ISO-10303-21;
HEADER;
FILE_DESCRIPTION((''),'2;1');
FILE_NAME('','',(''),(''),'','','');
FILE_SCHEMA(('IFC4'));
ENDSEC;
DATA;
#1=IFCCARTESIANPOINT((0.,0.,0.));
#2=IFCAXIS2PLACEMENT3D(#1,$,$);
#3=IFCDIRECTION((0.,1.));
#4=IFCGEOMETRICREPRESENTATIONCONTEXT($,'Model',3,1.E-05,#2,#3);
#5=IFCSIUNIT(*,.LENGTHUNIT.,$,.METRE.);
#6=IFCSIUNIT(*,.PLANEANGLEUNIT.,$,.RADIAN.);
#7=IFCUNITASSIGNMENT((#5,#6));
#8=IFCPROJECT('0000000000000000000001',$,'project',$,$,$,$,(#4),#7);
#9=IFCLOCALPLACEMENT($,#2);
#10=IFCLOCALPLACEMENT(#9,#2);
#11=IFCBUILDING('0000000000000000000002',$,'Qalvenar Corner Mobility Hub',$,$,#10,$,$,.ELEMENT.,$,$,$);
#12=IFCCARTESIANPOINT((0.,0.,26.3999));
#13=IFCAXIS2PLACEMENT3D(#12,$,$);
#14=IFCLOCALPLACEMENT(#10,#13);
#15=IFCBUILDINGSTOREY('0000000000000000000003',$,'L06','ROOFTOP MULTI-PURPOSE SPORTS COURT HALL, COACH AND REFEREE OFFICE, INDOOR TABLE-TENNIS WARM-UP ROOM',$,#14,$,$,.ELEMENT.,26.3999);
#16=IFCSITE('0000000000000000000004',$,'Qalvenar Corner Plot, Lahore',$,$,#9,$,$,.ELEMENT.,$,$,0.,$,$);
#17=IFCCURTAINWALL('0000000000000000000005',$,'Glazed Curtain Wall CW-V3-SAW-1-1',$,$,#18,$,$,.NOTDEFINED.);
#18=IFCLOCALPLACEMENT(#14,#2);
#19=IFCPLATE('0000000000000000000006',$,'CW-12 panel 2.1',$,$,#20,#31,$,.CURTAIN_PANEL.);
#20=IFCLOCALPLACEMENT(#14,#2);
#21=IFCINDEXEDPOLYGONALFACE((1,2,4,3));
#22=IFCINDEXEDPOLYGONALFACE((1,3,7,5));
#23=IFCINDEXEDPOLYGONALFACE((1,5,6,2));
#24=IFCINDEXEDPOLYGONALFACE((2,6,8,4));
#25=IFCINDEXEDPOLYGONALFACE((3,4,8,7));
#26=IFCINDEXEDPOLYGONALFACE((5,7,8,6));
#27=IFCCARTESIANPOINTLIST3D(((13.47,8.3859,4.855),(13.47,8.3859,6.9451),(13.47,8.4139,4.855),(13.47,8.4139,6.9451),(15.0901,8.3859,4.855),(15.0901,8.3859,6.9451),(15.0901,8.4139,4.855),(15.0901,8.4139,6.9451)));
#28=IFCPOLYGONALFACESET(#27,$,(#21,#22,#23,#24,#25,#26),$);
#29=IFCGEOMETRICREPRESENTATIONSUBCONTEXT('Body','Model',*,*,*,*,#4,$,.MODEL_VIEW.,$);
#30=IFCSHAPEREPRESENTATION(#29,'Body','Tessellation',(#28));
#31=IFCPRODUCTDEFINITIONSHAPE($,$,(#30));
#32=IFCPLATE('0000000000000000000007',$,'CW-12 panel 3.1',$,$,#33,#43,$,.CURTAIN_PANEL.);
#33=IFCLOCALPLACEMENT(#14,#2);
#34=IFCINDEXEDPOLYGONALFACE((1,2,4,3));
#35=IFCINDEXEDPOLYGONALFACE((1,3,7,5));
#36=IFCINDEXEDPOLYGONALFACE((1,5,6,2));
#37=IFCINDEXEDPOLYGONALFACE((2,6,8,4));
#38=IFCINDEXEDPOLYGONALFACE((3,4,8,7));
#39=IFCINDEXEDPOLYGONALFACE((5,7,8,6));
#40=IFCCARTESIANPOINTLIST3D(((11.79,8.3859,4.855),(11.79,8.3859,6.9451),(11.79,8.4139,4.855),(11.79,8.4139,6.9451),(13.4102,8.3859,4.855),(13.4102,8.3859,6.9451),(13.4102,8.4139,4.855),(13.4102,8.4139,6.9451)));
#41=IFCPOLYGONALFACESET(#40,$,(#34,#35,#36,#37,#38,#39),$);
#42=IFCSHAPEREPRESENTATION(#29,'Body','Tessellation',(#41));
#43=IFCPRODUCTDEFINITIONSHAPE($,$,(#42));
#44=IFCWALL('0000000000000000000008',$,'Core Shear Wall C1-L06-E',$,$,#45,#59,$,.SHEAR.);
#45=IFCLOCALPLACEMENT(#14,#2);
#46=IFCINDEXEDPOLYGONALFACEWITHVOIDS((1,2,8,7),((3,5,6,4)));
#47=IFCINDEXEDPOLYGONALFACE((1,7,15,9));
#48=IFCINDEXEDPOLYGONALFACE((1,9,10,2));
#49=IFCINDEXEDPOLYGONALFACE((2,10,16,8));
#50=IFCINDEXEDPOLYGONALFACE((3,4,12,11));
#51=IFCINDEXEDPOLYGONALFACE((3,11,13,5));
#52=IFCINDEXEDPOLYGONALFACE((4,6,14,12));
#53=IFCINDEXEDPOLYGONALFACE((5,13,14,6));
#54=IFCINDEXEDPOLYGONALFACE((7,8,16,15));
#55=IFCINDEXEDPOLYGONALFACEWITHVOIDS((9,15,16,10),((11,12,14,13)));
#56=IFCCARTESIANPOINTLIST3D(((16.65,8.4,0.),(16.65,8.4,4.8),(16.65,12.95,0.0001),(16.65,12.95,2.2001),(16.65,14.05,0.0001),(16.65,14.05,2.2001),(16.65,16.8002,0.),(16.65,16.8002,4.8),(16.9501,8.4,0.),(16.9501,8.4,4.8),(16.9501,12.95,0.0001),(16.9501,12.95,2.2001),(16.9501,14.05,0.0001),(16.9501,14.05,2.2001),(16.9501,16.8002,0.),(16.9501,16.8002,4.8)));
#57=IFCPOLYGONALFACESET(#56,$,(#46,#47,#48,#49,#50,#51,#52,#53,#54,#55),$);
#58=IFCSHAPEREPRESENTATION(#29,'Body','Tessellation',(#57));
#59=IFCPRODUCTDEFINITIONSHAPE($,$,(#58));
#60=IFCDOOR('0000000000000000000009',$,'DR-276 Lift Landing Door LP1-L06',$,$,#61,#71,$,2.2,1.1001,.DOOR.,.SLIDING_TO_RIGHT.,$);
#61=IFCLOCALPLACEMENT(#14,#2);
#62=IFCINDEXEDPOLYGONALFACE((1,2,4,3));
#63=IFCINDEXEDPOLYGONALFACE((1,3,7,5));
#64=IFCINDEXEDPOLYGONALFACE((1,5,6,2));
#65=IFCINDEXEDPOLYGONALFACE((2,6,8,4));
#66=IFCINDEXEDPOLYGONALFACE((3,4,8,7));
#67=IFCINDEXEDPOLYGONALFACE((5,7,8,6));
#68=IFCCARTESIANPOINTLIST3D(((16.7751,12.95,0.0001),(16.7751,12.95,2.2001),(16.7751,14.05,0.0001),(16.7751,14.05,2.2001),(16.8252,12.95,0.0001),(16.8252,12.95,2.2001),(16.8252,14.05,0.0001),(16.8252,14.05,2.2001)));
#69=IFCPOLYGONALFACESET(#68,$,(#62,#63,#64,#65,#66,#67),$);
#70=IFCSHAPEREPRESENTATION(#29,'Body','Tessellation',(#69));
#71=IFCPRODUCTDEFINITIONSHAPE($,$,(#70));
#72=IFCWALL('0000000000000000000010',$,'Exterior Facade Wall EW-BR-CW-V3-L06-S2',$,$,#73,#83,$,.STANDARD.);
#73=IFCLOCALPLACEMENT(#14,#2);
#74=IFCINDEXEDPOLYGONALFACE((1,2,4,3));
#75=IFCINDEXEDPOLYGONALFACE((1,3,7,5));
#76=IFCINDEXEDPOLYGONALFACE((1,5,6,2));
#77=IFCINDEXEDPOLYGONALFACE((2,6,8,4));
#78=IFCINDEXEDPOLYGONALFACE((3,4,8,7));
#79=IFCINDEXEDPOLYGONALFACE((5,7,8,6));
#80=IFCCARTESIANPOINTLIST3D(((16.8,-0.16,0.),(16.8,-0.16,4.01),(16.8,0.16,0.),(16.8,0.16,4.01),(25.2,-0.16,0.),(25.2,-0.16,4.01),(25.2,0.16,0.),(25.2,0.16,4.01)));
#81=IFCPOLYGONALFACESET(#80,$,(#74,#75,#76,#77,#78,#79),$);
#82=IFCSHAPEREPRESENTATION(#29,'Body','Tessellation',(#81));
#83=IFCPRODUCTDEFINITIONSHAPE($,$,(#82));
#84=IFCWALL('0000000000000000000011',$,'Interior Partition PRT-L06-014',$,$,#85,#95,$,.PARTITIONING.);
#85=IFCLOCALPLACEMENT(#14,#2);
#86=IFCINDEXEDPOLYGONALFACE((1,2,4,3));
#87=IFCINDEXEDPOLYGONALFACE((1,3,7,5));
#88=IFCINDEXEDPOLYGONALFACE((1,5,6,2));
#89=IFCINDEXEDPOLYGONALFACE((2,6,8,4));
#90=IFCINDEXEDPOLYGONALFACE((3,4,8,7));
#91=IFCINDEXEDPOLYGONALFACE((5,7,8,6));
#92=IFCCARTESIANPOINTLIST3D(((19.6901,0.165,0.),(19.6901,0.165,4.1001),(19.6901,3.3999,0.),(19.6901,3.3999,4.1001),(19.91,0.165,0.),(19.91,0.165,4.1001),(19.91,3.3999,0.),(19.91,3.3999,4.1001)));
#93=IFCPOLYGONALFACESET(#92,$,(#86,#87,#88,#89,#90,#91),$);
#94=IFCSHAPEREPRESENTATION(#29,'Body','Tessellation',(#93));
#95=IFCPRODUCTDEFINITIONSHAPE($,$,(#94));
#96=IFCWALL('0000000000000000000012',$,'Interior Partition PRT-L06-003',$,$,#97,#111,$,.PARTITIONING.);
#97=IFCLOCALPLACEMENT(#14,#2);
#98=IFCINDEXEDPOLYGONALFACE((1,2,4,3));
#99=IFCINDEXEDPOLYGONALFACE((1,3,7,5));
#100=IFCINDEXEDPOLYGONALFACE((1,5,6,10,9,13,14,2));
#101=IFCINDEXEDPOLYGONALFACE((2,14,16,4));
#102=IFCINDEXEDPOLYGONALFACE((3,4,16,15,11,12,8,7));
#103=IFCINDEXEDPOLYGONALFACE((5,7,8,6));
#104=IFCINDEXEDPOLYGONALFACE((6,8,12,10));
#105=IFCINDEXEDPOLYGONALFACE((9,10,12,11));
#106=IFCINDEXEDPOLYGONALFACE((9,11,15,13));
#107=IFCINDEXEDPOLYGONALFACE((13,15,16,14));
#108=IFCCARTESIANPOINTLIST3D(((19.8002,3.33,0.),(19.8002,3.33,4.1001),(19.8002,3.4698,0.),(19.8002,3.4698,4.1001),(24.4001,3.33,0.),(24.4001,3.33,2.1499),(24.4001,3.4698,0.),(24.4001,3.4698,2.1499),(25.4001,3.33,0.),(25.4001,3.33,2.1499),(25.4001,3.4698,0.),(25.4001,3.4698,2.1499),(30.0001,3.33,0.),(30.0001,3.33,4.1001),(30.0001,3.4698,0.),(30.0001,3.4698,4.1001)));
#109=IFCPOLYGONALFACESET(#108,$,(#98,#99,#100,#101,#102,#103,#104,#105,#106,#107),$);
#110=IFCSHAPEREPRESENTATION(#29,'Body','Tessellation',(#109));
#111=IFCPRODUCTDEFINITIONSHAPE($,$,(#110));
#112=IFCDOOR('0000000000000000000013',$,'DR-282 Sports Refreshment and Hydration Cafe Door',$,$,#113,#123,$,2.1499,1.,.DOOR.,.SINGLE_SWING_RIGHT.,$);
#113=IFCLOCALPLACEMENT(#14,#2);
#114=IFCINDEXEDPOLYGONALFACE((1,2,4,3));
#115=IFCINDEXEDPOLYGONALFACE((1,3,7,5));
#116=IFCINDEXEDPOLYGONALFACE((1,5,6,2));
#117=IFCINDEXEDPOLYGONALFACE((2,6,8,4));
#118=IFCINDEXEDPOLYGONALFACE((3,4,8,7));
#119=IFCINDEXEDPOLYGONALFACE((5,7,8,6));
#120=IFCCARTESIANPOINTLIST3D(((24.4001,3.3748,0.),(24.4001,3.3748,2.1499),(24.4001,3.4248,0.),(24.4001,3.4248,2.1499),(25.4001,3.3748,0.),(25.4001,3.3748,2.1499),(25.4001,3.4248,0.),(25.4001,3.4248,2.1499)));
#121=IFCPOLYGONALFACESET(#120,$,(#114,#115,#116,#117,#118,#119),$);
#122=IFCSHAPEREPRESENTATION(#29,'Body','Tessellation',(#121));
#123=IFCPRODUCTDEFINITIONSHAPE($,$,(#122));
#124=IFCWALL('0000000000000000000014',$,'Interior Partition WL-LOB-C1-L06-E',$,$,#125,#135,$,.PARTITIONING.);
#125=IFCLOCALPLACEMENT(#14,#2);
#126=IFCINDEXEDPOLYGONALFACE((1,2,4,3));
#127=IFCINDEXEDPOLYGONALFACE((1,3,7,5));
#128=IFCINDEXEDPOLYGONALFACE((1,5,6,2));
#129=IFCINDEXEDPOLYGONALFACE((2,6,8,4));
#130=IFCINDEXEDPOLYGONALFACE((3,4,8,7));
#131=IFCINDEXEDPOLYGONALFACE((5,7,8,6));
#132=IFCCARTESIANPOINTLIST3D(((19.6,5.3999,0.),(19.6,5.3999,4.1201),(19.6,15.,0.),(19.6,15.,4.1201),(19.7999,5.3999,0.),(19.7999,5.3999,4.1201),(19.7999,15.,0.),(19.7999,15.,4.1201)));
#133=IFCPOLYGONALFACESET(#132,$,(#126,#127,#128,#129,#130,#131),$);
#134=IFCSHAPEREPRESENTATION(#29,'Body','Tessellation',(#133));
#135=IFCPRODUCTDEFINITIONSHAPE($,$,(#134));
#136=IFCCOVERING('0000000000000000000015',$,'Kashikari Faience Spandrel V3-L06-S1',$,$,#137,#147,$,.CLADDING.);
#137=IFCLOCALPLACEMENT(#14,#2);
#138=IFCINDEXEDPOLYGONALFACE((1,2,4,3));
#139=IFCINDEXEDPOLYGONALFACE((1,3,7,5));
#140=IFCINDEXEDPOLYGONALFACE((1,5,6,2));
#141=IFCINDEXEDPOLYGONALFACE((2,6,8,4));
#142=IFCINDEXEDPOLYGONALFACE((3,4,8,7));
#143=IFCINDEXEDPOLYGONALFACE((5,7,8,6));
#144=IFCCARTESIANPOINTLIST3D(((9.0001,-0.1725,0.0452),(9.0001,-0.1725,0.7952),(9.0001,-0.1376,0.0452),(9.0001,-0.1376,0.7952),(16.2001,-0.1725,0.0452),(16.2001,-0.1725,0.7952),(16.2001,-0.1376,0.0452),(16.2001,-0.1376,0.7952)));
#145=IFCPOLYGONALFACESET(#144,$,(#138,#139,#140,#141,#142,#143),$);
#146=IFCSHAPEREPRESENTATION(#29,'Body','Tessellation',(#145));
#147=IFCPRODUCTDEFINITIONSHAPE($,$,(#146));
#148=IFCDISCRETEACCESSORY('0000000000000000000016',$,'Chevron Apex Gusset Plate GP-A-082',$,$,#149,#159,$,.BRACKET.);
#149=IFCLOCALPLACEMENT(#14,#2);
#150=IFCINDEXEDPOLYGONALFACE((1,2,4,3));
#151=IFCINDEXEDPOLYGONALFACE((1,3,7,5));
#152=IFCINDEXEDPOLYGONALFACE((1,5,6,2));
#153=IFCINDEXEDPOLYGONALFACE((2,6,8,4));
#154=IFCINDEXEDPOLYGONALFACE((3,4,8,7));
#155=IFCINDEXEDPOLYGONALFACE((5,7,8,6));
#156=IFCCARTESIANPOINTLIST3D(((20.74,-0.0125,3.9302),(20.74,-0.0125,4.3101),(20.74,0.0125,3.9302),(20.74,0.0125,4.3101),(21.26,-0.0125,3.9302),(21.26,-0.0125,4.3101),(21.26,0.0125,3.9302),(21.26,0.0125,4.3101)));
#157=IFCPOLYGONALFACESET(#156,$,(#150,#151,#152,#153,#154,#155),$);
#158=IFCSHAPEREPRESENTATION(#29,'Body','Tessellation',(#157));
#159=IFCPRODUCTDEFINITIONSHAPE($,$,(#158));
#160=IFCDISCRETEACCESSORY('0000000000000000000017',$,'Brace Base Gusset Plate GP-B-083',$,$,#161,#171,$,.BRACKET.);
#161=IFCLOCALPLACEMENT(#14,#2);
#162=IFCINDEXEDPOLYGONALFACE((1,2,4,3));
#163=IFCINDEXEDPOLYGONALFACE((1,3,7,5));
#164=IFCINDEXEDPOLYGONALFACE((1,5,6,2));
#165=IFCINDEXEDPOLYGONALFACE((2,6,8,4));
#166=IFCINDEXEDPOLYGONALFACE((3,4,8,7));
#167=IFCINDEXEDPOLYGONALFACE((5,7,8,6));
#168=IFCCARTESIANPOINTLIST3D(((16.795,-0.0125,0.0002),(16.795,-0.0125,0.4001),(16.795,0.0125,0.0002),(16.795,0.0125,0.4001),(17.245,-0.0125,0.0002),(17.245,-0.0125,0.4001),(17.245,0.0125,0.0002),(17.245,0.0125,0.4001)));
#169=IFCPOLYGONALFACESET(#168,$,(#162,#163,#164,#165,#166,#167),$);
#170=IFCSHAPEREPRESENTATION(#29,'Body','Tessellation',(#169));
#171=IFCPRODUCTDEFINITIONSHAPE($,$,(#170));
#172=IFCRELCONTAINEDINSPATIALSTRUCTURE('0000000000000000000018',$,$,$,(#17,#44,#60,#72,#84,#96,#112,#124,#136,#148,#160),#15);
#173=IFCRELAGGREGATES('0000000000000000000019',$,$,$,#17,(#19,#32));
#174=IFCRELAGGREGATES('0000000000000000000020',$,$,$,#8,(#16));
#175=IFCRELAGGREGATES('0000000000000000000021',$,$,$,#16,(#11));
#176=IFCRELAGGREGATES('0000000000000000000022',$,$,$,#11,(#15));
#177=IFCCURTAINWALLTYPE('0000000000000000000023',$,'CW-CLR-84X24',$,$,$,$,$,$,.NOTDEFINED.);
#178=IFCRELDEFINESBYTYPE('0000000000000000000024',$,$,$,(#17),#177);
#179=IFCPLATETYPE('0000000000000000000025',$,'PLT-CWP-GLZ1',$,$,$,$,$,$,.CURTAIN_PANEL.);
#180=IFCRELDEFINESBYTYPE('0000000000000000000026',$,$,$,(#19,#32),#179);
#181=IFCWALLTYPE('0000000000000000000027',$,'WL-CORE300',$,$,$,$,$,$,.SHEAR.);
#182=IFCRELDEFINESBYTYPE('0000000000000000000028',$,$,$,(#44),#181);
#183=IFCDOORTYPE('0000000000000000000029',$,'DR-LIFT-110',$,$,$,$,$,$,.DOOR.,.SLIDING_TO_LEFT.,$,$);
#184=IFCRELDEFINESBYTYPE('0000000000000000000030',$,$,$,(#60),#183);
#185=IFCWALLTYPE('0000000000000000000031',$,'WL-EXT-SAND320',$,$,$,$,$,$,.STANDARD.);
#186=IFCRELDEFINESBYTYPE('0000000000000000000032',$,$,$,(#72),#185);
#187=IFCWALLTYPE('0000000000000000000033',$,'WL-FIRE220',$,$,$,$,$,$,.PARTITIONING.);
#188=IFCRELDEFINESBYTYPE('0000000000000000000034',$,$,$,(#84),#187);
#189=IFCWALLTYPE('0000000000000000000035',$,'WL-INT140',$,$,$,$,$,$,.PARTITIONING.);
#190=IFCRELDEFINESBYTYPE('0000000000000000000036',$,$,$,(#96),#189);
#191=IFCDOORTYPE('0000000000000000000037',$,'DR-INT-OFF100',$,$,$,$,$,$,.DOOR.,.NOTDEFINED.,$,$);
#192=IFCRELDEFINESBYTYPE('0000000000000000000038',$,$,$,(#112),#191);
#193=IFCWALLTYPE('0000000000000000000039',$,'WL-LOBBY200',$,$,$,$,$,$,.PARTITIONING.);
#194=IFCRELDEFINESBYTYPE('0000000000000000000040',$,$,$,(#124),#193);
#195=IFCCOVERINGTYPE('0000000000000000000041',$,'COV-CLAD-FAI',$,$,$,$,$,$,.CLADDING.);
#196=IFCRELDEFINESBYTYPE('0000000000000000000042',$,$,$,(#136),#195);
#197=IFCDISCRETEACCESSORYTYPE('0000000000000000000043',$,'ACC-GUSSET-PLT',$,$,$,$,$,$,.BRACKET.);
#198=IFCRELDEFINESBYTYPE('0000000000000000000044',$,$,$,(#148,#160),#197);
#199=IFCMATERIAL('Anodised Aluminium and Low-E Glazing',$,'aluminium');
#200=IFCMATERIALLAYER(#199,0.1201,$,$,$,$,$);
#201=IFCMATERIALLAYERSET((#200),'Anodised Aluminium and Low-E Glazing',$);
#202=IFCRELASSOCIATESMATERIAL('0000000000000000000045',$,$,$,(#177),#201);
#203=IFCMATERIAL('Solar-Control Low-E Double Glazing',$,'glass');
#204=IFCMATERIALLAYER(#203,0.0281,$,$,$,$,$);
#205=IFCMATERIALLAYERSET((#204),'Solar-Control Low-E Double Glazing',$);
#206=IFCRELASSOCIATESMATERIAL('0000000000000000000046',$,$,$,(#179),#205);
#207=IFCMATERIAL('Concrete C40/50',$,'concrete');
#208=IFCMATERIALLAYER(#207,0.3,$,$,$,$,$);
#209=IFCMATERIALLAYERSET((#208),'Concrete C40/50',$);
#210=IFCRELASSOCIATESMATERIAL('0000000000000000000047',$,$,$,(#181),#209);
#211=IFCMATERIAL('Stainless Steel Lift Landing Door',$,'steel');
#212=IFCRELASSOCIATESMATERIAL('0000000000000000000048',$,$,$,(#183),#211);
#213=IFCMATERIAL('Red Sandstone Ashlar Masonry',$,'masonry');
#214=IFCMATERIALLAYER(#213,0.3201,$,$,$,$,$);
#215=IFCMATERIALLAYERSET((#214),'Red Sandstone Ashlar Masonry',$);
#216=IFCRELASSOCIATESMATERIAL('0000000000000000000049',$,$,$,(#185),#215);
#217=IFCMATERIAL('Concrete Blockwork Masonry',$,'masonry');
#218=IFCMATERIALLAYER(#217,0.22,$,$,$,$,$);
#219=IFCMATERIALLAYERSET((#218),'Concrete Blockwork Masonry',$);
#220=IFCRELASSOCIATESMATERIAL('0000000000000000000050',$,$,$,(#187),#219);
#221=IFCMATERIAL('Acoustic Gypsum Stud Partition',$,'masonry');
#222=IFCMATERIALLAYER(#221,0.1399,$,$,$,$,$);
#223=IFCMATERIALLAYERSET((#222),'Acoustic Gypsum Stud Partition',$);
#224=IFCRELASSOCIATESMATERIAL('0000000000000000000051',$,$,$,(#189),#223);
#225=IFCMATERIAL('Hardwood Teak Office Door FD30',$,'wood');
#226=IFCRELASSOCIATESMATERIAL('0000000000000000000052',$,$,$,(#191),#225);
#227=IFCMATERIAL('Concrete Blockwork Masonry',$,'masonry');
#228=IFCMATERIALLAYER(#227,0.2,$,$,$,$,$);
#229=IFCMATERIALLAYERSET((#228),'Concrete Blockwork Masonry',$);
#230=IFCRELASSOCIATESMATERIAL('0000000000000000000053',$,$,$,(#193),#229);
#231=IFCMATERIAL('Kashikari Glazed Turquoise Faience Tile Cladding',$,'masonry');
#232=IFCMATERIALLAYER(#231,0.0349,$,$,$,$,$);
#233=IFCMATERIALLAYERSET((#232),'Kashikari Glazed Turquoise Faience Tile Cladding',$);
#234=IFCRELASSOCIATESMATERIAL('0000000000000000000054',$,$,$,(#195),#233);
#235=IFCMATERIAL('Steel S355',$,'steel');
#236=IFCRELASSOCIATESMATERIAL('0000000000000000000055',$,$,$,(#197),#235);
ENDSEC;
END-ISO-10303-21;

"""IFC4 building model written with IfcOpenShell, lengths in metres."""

from ifc_helpers import new_model, si_unit, direction, frame, frame_2d, origin, origin_2d, place, context, subcontext, project, spatial, rectangle, extrude, material, layer, layer_set, type_object, element, fill, aggregate, save


model = new_model("IFC4")

# Units and contexts
model_context = context("Model", 3, precision=1e-05, world=origin(), true_north=direction((0.0, 1.0)))
body_context = subcontext(model_context, "Body", "Model", "MODEL_VIEW")
ifc_project = project(units=[si_unit("LENGTHUNIT", "METRE"), si_unit("PLANEANGLEUNIT", "RADIAN")], contexts=[model_context])

# Site, building, storey
site_placement = place(None, origin())
site = spatial("IfcSite", under=ifc_project, at=site_placement, Name="Qalvenar Corner Plot, Lahore", CompositionType="ELEMENT", RefElevation=0.0)
building_placement = place(site_placement, origin())
building = spatial("IfcBuilding", under=site, at=building_placement, Name="Qalvenar Corner Mobility Hub", CompositionType="ELEMENT")
storey_placement = place(building_placement, frame((0.0, 0.0, 26.3999)))
storey = spatial("IfcBuildingStorey", under=building, at=storey_placement, Name="L06", Description="ROOFTOP MULTI-PURPOSE SPORTS COURT HALL, COACH AND REFEREE OFFICE, INDOOR TABLE-TENNIS WARM-UP ROOM", CompositionType="ELEMENT", Elevation=26.3999)

# Shared definitions
ifc_material_1 = material(Name="Steel S355", Category="steel")

# Curtain wall
ifc_material_2 = material(Name="Anodised Aluminium and Low-E Glazing", Category="aluminium")
ifc_layer_1 = layer(ifc_material_2, 0.1201)
ifc_layer_set_1 = layer_set([ifc_layer_1], Name="Anodised Aluminium and Low-E Glazing")
curtain_wall_type = type_object("IfcCurtainWallType", Name="CW-CLR-84X24", PredefinedType="NOTDEFINED", material=ifc_layer_set_1)
curtain_wall_placement = place(storey_placement, origin())
curtain_wall = element("IfcCurtainWall", 1, at=curtain_wall_placement, inside=storey, type_object=curtain_wall_type, Name="Glazed Curtain Wall CW-V3-SAW-1-1", PredefinedType="NOTDEFINED")

# Plates
ifc_material_3 = material(Name="Solar-Control Low-E Double Glazing", Category="glass")
ifc_layer_2 = layer(ifc_material_3, 0.0281)
ifc_layer_set_2 = layer_set([ifc_layer_2], Name="Solar-Control Low-E Double Glazing")
plate_type = type_object("IfcPlateType", Name="PLT-CWP-GLZ1", PredefinedType="CURTAIN_PANEL", material=ifc_layer_set_2)
plate_1_placement = place(storey_placement, frame((14.28, 8.3999, 4.855), z_axis=(0.0, 0.0, 1.0), x_axis=(-1.0, 0.0, 0.0)))
plate_1 = element("IfcPlate", 2, at=plate_1_placement, type_object=plate_type, Name="CW-12 panel 2.1", PredefinedType="CURTAIN_PANEL", context=body_context, shape_type="SweptSolid", body=[
    extrude(rectangle(XDim=1.6201, YDim=0.0281, at=origin_2d()), origin(), (0.0, 0.0, 1.0), 2.0901),
])
plate_2_placement = place(storey_placement, frame((12.6001, 8.3999, 4.855), z_axis=(0.0, 0.0, 1.0), x_axis=(-1.0, 0.0, 0.0)))
plate_2 = element("IfcPlate", 3, at=plate_2_placement, type_object=plate_type, Name="CW-12 panel 3.1", PredefinedType="CURTAIN_PANEL", context=body_context, shape_type="SweptSolid", body=[
    extrude(rectangle(XDim=1.6201, YDim=0.0281, at=origin_2d()), origin(), (0.0, 0.0, 1.0), 2.0901),
])
aggregate(curtain_wall, [plate_1, plate_2])

# Wall, opening, door
ifc_material_4 = material(Name="Concrete C40/50", Category="concrete")
ifc_layer_3 = layer(ifc_material_4, 0.3)
ifc_layer_set_3 = layer_set([ifc_layer_3], Name="Concrete C40/50")
wall_type_1 = type_object("IfcWallType", Name="WL-CORE300", PredefinedType="SHEAR", material=ifc_layer_set_3)
wall_1_placement = place(storey_placement, frame((16.8, 8.3999, 0.0), z_axis=(0.0, 0.0, 1.0), x_axis=(0.0, 1.0, 0.0)))
wall_1 = element("IfcWall", 4, at=wall_1_placement, inside=storey, type_object=wall_type_1, Name="Core Shear Wall C1-L06-E", PredefinedType="SHEAR", context=body_context, shape_type="SweptSolid", body=[
    extrude(rectangle(XDim=8.4001, YDim=0.3, at=frame_2d((4.2002, 0.0))), origin(), (0.0, 0.0, 1.0), 4.8),
])
opening_1_placement = place(wall_1_placement, frame((4.55, 0.0, 0.0)))
opening_1 = element("IfcOpeningElement", 5, at=opening_1_placement, cuts=wall_1, PredefinedType="OPENING", context=body_context, shape_type="SweptSolid", body=[
    extrude(rectangle(XDim=1.1001, YDim=2.2, at=frame_2d((0.55, 1.1001))), frame((0.0, 0.1602, 0.0), z_axis=(0.0, -1.0, 0.0), x_axis=(1.0, 0.0, 0.0)), (0.0, 0.0, 1.0), 0.3201),
])
ifc_material_5 = material(Name="Stainless Steel Lift Landing Door", Category="steel")
door_type_1 = type_object("IfcDoorType", Name="DR-LIFT-110", OperationType="SLIDING_TO_LEFT", PredefinedType="DOOR", material=ifc_material_5)
door_1_placement = place(opening_1_placement, origin())
door_1 = element("IfcDoor", 6, at=door_1_placement, inside=storey, type_object=door_type_1, Name="DR-276 Lift Landing Door LP1-L06", OperationType="SLIDING_TO_RIGHT", OverallHeight=2.2, OverallWidth=1.1001, PredefinedType="DOOR", context=body_context, shape_type="SweptSolid", body=[
    extrude(rectangle(XDim=1.1001, YDim=2.2, at=frame_2d((0.55, 1.1001))), frame((0.0, 0.0249, 0.0), z_axis=(0.0, -1.0, 0.0), x_axis=(1.0, 0.0, 0.0)), (0.0, 0.0, 1.0), 0.05),
])
fill(opening_1, door_1)

# Walls
ifc_material_6 = material(Name="Red Sandstone Ashlar Masonry", Category="masonry")
ifc_layer_4 = layer(ifc_material_6, 0.3201)
ifc_layer_set_4 = layer_set([ifc_layer_4], Name="Red Sandstone Ashlar Masonry")
wall_type_2 = type_object("IfcWallType", Name="WL-EXT-SAND320", PredefinedType="STANDARD", material=ifc_layer_set_4)
wall_2_placement = place(storey_placement, frame((16.8, 0.0, 0.0), z_axis=(0.0, 0.0, 1.0), x_axis=(1.0, 0.0, 0.0)))
element("IfcWall", 7, at=wall_2_placement, inside=storey, type_object=wall_type_2, Name="Exterior Facade Wall EW-BR-CW-V3-L06-S2", PredefinedType="STANDARD", context=body_context, shape_type="SweptSolid", body=[
    extrude(rectangle(XDim=8.3999, YDim=0.3201, at=frame_2d((4.2, 0.0))), origin(), (0.0, 0.0, 1.0), 4.01),
])
ifc_material_7 = material(Name="Concrete Blockwork Masonry", Category="masonry")
ifc_layer_5 = layer(ifc_material_7, 0.22)
ifc_layer_set_5 = layer_set([ifc_layer_5], Name="Concrete Blockwork Masonry")
wall_type_3 = type_object("IfcWallType", Name="WL-FIRE220", PredefinedType="PARTITIONING", material=ifc_layer_set_5)
wall_3_placement = place(storey_placement, frame((19.8, 0.165, 0.0), z_axis=(0.0, 0.0, 1.0), x_axis=(0.0, 1.0, 0.0)))
element("IfcWall", 8, at=wall_3_placement, inside=storey, type_object=wall_type_3, Name="Interior Partition PRT-L06-014", PredefinedType="PARTITIONING", context=body_context, shape_type="SweptSolid", body=[
    extrude(rectangle(XDim=3.2349, YDim=0.22, at=frame_2d((1.6174, 0.0))), origin(), (0.0, 0.0, 1.0), 4.1001),
])

# Wall, opening, door
ifc_material_8 = material(Name="Acoustic Gypsum Stud Partition", Category="masonry")
ifc_layer_6 = layer(ifc_material_8, 0.1399)
ifc_layer_set_6 = layer_set([ifc_layer_6], Name="Acoustic Gypsum Stud Partition")
wall_type_4 = type_object("IfcWallType", Name="WL-INT140", PredefinedType="PARTITIONING", material=ifc_layer_set_6)
wall_4_placement = place(storey_placement, frame((19.8, 3.3999, 0.0), z_axis=(0.0, 0.0, 1.0), x_axis=(1.0, 0.0, 0.0)))
wall_4 = element("IfcWall", 9, at=wall_4_placement, inside=storey, type_object=wall_type_4, Name="Interior Partition PRT-L06-003", PredefinedType="PARTITIONING", context=body_context, shape_type="SweptSolid", body=[
    extrude(rectangle(XDim=10.2, YDim=0.1399, at=frame_2d((5.1001, 0.0))), origin(), (0.0, 0.0, 1.0), 4.1001),
])
opening_2_placement = place(wall_4_placement, frame((4.6001, 0.0, 0.0)))
opening_2 = element("IfcOpeningElement", 10, at=opening_2_placement, cuts=wall_4, PredefinedType="OPENING", context=body_context, shape_type="SweptSolid", body=[
    extrude(rectangle(XDim=1.0, YDim=2.1499, at=frame_2d((0.5, 1.075))), frame((0.0, 0.0801, 0.0), z_axis=(0.0, -1.0, 0.0), x_axis=(1.0, 0.0, 0.0)), (0.0, 0.0, 1.0), 0.1599),
])
ifc_material_9 = material(Name="Hardwood Teak Office Door FD30", Category="wood")
door_type_2 = type_object("IfcDoorType", Name="DR-INT-OFF100", OperationType="NOTDEFINED", PredefinedType="DOOR", material=ifc_material_9)
door_2_placement = place(opening_2_placement, origin())
door_2 = element("IfcDoor", 11, at=door_2_placement, inside=storey, type_object=door_type_2, Name="DR-282 Sports Refreshment and Hydration Cafe Door", OperationType="SINGLE_SWING_RIGHT", OverallHeight=2.1499, OverallWidth=1.0, PredefinedType="DOOR", context=body_context, shape_type="SweptSolid", body=[
    extrude(rectangle(XDim=1.0, YDim=2.1499, at=frame_2d((0.5, 1.075))), frame((0.0, 0.0249, 0.0), z_axis=(0.0, -1.0, 0.0), x_axis=(1.0, 0.0, 0.0)), (0.0, 0.0, 1.0), 0.05),
])
fill(opening_2, door_2)

# Wall
ifc_material_10 = material(Name="Concrete Blockwork Masonry", Category="masonry")
ifc_layer_7 = layer(ifc_material_10, 0.2)
ifc_layer_set_7 = layer_set([ifc_layer_7], Name="Concrete Blockwork Masonry")
wall_type_5 = type_object("IfcWallType", Name="WL-LOBBY200", PredefinedType="PARTITIONING", material=ifc_layer_set_7)
wall_5_placement = place(storey_placement, frame((19.7, 5.3999, 0.0), z_axis=(0.0, 0.0, 1.0), x_axis=(0.0, 1.0, 0.0)))
element("IfcWall", 12, at=wall_5_placement, inside=storey, type_object=wall_type_5, Name="Interior Partition WL-LOB-C1-L06-E", PredefinedType="PARTITIONING", context=body_context, shape_type="SweptSolid", body=[
    extrude(rectangle(XDim=9.6001, YDim=0.2, at=frame_2d((4.8, 0.0))), origin(), (0.0, 0.0, 1.0), 4.1201),
])

# Covering
ifc_material_11 = material(Name="Kashikari Glazed Turquoise Faience Tile Cladding", Category="masonry")
ifc_layer_8 = layer(ifc_material_11, 0.0349)
ifc_layer_set_8 = layer_set([ifc_layer_8], Name="Kashikari Glazed Turquoise Faience Tile Cladding")
covering_type = type_object("IfcCoveringType", Name="COV-CLAD-FAI", PredefinedType="CLADDING", material=ifc_layer_set_8)
covering_placement = place(storey_placement, frame((12.6001, -0.155, 0.0452), z_axis=(0.0, 0.0, 1.0), x_axis=(1.0, 0.0, 0.0)))
element("IfcCovering", 13, at=covering_placement, inside=storey, type_object=covering_type, Name="Kashikari Faience Spandrel V3-L06-S1", PredefinedType="CLADDING", context=body_context, shape_type="SweptSolid", body=[
    extrude(rectangle(XDim=7.2, YDim=0.0349, at=origin_2d()), origin(), (0.0, 0.0, 1.0), 0.75),
])

# Discrete accessories
discrete_accessory_type = type_object("IfcDiscreteAccessoryType", Name="ACC-GUSSET-PLT", PredefinedType="BRACKET", material=ifc_material_1)
discrete_accessory_1_placement = place(storey_placement, frame((21.0, 0.0, 3.9302), z_axis=(0.0, 0.0, 1.0), x_axis=(1.0, 0.0, 0.0)))
element("IfcDiscreteAccessory", 14, at=discrete_accessory_1_placement, inside=storey, type_object=discrete_accessory_type, Name="Chevron Apex Gusset Plate GP-A-082", PredefinedType="BRACKET", context=body_context, shape_type="SweptSolid", body=[
    extrude(rectangle(XDim=0.52, YDim=0.0249, at=origin_2d()), origin(), (0.0, 0.0, 1.0), 0.3799),
])
discrete_accessory_2_placement = place(storey_placement, frame((17.02, 0.0, 0.0002), z_axis=(0.0, 0.0, 1.0), x_axis=(1.0, 0.0, 0.0)))
element("IfcDiscreteAccessory", 15, at=discrete_accessory_2_placement, inside=storey, type_object=discrete_accessory_type, Name="Brace Base Gusset Plate GP-B-083", PredefinedType="BRACKET", context=body_context, shape_type="SweptSolid", body=[
    extrude(rectangle(XDim=0.45, YDim=0.0249, at=origin_2d()), origin(), (0.0, 0.0, 1.0), 0.3999),
])

save(model, "model.ifc")
